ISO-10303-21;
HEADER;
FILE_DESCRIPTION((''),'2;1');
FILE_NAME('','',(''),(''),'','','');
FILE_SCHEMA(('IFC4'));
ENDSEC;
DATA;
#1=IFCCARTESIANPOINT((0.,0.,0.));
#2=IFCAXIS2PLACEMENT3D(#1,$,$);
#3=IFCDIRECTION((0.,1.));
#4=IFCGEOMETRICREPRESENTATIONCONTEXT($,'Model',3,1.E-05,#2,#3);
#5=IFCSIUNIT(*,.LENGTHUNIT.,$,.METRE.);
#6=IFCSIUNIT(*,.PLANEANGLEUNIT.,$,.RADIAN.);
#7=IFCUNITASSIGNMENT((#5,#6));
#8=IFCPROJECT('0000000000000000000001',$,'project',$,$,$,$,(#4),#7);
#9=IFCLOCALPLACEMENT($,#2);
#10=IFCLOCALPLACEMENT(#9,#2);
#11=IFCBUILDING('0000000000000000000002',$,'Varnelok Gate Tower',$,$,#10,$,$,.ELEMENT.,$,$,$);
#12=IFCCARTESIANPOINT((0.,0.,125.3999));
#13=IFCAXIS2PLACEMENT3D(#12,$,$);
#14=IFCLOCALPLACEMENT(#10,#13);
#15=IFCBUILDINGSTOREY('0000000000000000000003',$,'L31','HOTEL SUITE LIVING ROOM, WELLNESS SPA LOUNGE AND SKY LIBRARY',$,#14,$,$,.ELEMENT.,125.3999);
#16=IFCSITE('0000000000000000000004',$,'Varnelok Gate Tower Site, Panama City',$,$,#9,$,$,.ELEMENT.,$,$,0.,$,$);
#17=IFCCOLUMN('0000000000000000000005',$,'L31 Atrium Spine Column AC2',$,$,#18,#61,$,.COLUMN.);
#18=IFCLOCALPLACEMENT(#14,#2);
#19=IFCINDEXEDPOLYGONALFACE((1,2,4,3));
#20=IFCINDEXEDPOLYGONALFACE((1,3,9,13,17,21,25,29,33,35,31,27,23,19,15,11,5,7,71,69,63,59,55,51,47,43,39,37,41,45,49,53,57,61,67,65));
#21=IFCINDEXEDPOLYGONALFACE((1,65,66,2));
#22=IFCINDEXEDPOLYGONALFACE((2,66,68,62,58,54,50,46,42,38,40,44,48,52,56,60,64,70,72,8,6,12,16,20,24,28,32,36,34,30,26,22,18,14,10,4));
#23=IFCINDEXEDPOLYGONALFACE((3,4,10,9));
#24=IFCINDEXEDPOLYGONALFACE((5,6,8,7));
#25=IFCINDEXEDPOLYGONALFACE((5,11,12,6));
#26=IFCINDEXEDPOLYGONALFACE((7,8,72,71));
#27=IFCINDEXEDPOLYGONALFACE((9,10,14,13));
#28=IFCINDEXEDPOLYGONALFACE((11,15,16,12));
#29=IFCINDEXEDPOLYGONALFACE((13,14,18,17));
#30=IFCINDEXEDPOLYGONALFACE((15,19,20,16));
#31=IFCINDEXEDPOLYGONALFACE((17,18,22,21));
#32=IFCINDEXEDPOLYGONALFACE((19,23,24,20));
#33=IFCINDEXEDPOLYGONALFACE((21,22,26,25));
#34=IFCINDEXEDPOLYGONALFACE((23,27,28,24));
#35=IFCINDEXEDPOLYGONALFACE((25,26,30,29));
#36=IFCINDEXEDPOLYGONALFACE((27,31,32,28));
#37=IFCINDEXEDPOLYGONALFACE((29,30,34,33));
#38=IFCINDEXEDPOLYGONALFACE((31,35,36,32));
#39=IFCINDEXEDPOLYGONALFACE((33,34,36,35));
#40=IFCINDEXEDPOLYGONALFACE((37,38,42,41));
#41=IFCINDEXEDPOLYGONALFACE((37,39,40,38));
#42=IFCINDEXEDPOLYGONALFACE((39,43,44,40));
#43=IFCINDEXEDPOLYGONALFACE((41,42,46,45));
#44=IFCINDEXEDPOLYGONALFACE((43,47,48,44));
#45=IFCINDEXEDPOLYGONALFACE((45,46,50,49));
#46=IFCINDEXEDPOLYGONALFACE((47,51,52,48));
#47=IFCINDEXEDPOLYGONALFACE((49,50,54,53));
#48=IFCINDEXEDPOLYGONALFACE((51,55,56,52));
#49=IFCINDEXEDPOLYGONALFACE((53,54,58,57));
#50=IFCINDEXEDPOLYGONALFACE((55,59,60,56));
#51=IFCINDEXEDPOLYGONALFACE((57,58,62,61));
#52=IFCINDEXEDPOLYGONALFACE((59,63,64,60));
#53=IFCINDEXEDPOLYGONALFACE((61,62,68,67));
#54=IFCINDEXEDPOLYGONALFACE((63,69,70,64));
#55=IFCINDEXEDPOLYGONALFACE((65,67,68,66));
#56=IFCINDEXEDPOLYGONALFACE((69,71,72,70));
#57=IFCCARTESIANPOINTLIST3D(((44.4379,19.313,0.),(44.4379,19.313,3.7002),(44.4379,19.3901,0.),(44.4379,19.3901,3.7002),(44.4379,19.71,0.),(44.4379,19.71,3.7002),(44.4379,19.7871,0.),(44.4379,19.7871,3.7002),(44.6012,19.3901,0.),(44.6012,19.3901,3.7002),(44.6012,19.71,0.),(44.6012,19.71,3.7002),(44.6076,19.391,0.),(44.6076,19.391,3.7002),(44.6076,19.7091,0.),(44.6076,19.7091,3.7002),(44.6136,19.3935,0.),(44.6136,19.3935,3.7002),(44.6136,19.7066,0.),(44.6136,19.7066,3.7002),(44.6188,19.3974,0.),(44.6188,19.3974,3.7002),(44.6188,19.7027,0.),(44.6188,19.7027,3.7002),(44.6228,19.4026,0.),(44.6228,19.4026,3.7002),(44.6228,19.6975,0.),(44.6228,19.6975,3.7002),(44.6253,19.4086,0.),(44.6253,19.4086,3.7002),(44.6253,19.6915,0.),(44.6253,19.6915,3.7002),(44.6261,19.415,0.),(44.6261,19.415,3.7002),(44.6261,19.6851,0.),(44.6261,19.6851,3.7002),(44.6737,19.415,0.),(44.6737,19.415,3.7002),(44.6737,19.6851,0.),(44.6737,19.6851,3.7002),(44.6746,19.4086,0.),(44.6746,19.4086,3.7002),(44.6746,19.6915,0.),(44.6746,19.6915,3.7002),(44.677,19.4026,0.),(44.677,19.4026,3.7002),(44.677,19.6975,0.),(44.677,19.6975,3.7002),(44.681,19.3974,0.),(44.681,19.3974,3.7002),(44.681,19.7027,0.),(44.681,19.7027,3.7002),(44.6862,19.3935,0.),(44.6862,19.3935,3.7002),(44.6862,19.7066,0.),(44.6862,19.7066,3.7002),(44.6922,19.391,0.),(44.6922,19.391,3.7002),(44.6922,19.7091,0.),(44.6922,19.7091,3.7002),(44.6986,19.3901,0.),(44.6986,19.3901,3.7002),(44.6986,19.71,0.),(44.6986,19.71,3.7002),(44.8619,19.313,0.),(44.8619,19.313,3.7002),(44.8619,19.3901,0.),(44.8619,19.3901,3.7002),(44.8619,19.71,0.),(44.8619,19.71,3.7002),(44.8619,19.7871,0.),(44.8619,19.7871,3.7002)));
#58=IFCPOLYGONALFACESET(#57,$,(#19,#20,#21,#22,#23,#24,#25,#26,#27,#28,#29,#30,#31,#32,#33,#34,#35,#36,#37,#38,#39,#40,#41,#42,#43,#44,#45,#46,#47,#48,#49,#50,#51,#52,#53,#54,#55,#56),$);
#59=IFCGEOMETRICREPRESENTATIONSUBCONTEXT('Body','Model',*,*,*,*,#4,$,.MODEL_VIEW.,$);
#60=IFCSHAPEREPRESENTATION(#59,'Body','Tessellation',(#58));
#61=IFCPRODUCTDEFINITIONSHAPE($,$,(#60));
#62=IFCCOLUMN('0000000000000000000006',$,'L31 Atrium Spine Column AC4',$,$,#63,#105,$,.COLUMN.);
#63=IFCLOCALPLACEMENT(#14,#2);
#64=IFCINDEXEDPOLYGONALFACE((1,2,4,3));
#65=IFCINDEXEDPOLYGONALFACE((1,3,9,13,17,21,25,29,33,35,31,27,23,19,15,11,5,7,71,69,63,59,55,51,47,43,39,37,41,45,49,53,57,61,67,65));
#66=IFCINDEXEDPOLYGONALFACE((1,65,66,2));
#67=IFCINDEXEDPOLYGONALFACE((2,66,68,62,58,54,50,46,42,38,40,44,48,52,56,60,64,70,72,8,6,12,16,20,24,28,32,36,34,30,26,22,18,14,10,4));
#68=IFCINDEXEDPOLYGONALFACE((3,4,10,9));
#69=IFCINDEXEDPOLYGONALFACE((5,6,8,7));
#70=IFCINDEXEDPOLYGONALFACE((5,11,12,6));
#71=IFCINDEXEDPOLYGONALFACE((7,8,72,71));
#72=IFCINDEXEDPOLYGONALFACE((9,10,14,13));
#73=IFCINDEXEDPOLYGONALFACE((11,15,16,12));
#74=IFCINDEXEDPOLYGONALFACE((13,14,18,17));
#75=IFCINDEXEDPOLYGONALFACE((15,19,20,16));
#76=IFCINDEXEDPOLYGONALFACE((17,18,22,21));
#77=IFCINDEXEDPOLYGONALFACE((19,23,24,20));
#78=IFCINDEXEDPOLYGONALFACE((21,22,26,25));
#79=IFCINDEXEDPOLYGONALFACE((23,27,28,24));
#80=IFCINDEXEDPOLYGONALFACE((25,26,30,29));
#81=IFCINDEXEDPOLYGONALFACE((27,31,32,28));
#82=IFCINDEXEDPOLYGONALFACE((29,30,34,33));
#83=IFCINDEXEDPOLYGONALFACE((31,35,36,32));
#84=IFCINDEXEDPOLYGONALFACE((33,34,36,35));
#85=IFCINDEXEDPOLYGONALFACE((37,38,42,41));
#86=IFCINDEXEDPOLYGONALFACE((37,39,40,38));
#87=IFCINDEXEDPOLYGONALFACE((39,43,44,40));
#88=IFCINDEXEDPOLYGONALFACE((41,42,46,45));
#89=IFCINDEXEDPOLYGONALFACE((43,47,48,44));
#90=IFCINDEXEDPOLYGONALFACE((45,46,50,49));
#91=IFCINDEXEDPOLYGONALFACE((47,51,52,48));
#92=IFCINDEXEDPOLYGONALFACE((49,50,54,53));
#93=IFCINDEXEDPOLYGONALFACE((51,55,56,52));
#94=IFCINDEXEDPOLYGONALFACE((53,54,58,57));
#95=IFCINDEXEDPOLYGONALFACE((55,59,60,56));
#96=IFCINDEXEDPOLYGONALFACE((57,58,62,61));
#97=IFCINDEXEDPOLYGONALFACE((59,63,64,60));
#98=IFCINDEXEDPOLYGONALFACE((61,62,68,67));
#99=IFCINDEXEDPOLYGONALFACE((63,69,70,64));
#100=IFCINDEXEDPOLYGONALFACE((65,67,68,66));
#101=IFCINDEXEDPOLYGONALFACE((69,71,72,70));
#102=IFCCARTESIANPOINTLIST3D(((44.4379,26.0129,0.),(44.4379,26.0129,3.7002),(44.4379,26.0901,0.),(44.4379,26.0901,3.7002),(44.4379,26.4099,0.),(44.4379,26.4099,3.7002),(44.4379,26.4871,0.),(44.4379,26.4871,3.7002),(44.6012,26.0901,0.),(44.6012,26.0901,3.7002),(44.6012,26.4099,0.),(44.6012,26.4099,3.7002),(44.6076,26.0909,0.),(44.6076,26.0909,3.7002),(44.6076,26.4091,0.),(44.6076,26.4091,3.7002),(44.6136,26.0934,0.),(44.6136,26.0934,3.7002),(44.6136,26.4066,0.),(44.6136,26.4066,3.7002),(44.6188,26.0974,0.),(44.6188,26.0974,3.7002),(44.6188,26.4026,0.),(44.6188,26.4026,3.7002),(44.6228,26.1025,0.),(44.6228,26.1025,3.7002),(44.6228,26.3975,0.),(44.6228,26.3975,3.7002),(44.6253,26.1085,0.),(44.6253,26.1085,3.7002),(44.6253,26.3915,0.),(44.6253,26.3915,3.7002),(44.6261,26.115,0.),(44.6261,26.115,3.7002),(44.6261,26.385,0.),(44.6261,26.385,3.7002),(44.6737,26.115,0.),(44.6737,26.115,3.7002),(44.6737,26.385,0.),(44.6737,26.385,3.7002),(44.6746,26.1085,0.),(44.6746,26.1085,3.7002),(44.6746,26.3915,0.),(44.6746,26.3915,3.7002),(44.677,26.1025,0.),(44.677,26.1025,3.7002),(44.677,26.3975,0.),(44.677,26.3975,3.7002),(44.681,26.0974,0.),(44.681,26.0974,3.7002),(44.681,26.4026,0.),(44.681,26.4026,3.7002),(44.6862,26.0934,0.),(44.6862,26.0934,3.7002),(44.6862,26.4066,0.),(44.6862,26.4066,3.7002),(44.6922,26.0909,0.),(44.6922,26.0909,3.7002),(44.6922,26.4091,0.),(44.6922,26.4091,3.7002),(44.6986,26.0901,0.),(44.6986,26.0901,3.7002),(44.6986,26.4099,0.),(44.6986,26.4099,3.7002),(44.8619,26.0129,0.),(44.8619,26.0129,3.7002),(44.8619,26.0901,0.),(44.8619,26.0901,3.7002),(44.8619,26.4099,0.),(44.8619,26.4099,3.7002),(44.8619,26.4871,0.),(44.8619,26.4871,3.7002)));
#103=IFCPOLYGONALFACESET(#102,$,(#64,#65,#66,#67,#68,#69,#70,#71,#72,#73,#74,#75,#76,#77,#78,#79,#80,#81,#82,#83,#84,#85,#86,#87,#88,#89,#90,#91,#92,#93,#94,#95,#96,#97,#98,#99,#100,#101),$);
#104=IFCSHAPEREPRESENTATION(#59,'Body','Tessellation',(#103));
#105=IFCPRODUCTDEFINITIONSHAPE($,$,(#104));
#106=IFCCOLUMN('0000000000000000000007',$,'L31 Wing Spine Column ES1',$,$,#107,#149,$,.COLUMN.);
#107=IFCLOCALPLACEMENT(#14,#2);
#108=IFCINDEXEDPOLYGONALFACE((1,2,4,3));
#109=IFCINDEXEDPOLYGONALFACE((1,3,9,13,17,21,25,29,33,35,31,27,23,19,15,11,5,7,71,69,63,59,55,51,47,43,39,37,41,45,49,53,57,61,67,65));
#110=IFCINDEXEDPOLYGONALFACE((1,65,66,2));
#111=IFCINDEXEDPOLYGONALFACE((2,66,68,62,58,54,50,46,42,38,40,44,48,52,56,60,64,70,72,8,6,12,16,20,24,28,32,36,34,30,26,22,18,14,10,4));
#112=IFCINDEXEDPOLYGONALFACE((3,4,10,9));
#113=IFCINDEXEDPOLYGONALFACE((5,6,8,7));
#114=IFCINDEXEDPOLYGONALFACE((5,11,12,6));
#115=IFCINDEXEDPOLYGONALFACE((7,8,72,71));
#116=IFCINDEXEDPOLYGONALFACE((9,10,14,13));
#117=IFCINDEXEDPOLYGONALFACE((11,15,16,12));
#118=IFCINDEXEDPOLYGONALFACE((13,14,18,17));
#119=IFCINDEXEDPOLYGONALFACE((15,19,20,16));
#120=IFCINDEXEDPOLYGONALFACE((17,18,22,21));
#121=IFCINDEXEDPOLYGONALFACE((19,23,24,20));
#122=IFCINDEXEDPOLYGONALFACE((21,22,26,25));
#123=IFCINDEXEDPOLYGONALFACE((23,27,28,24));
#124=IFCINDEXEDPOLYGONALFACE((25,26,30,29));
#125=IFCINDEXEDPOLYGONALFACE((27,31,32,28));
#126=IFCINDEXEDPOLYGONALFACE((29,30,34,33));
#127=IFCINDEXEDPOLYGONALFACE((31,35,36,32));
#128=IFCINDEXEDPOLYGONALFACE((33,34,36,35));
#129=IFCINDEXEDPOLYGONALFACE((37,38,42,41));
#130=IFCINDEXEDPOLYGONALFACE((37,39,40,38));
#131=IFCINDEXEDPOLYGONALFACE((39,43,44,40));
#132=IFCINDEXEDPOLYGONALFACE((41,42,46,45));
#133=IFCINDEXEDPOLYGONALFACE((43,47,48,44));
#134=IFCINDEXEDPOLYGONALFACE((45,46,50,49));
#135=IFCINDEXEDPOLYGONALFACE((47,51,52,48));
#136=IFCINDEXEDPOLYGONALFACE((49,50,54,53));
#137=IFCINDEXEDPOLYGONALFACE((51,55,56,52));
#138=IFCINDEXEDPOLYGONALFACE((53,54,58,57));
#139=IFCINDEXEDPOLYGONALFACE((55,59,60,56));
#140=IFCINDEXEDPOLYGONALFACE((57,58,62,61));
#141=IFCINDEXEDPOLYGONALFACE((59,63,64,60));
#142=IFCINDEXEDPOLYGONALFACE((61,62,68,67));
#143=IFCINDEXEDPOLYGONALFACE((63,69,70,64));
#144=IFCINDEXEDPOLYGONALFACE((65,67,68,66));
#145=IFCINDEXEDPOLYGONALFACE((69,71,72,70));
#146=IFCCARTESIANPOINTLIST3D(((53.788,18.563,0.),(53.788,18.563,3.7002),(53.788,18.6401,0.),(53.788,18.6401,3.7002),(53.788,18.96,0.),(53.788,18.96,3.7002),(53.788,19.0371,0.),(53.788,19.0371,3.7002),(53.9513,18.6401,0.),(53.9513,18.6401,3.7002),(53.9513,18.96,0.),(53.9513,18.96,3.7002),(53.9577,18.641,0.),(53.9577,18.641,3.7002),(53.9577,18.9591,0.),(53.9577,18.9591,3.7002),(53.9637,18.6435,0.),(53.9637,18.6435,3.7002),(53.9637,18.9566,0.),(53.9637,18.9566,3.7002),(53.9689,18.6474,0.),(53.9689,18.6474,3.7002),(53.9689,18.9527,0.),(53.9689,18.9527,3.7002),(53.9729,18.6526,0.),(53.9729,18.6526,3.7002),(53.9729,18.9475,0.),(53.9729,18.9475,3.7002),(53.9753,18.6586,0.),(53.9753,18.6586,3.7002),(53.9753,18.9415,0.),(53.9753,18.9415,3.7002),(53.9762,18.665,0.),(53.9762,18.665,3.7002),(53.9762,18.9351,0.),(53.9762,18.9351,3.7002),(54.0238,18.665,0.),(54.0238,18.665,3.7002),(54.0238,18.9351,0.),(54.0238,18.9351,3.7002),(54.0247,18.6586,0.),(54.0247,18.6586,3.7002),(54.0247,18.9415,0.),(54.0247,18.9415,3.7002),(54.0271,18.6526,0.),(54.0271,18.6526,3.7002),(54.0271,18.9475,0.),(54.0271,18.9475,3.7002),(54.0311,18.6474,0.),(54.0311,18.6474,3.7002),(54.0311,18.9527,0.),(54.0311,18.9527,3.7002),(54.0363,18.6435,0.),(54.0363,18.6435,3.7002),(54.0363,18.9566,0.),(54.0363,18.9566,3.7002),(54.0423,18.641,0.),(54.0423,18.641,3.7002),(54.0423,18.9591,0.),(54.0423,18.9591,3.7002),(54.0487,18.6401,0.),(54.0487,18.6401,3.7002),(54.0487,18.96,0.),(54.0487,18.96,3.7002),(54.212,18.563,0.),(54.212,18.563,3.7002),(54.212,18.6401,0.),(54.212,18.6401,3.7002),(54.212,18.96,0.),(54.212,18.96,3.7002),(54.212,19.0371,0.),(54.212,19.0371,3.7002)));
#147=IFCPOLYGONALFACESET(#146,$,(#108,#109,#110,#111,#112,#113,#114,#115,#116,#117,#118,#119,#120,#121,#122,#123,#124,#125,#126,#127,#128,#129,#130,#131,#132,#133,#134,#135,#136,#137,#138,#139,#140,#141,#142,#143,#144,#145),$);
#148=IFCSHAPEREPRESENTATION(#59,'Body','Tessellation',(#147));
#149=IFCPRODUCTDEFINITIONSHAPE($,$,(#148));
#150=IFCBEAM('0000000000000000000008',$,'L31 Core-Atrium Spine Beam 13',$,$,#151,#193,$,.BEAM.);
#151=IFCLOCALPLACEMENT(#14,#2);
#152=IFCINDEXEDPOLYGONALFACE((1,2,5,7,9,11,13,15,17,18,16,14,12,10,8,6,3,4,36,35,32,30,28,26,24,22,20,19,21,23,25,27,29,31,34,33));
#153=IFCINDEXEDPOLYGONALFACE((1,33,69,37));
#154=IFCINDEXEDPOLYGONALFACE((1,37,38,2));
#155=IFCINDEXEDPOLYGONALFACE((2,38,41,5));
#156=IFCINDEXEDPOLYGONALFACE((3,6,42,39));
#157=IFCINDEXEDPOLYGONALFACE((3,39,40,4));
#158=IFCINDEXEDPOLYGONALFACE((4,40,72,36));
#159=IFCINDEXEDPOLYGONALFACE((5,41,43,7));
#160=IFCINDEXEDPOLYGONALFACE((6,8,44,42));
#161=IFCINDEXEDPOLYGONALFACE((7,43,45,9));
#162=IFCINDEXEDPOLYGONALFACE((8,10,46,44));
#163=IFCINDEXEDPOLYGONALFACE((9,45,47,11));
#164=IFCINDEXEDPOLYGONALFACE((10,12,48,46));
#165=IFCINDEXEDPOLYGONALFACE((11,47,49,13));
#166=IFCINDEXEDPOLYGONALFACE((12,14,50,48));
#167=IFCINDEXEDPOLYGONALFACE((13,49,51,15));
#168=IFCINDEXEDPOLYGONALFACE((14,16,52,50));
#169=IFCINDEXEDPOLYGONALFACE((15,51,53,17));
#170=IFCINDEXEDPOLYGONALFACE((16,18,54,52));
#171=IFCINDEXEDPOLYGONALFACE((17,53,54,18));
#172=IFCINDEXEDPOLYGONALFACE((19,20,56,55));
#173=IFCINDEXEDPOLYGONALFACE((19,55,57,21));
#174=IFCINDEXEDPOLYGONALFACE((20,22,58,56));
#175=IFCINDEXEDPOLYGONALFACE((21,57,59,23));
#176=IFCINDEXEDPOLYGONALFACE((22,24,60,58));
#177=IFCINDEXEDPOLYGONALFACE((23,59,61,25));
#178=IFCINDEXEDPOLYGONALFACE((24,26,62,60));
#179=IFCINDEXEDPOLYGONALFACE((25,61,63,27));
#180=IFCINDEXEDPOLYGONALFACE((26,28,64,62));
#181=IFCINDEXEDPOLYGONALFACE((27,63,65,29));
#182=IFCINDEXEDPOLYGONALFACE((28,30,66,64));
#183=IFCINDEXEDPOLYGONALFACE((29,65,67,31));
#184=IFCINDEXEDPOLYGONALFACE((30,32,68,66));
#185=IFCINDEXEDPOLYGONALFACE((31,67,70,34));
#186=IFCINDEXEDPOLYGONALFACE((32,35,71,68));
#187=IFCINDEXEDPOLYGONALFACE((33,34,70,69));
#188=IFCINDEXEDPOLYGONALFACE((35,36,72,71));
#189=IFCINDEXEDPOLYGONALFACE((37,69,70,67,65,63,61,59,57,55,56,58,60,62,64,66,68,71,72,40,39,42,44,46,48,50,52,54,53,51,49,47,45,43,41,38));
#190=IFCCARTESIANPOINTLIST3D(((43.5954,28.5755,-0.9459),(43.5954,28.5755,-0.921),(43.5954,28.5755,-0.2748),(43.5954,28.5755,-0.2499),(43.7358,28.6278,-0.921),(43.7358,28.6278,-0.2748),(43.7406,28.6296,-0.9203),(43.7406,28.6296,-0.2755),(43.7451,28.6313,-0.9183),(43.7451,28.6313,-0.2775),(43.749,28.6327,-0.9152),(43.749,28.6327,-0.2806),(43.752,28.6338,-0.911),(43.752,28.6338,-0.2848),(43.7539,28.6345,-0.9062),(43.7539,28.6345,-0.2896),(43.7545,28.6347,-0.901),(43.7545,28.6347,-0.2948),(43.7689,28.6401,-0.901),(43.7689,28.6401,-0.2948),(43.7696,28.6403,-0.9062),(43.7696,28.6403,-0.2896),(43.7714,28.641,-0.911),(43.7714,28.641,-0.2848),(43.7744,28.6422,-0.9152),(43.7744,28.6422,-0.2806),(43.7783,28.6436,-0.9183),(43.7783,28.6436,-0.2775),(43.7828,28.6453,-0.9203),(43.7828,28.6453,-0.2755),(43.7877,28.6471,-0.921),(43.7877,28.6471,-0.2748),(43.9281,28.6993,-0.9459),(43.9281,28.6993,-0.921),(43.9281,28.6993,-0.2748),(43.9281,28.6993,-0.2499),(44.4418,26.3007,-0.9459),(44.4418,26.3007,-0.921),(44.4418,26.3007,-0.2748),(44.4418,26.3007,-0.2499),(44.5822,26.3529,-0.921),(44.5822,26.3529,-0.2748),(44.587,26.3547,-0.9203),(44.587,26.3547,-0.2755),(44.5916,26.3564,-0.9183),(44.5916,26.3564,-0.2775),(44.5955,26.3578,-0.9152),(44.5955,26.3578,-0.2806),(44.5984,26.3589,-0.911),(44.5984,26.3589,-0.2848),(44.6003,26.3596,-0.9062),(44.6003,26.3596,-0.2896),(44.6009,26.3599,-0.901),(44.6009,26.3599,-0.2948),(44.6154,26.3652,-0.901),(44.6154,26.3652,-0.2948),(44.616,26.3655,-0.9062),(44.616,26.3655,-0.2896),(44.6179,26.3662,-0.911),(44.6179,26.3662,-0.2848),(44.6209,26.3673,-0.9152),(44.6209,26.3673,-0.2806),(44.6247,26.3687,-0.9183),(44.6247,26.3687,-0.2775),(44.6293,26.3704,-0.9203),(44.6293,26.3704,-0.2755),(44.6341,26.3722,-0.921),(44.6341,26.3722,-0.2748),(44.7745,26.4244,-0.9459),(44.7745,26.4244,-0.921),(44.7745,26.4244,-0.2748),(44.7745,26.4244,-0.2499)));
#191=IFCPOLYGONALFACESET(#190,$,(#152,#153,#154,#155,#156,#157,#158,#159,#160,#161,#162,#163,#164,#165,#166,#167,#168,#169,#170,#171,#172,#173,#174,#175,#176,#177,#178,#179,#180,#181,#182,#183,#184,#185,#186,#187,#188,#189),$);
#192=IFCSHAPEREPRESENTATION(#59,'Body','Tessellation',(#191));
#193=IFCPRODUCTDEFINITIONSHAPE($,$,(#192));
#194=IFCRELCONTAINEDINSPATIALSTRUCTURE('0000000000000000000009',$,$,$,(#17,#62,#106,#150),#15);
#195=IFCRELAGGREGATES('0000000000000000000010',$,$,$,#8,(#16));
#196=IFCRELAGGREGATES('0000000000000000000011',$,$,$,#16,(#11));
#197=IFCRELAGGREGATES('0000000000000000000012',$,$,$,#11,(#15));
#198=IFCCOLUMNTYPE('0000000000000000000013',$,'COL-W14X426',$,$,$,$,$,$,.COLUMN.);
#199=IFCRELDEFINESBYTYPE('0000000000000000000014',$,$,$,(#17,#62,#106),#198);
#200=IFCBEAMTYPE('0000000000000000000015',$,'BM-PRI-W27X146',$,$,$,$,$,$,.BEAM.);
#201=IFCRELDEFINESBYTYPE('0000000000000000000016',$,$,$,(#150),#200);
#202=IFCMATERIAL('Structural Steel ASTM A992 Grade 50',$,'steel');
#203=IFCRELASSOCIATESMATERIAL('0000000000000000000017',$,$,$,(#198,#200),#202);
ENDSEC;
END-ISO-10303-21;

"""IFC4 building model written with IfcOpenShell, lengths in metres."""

from ifc_helpers import new_model, si_unit, direction, frame, origin, origin_2d, place, context, subcontext, project, spatial, i_section, extrude, material, material_profile, profile_set, type_object, element, save


model = new_model("IFC4")

# Units and contexts
model_context = context("Model", 3, precision=1e-05, world=origin(), true_north=direction((0.0, 1.0)))
body_context = subcontext(model_context, "Body", "Model", "MODEL_VIEW")
ifc_project = project(units=[si_unit("LENGTHUNIT", "METRE"), si_unit("PLANEANGLEUNIT", "RADIAN")], contexts=[model_context])

# Site, building, storey
site_placement = place(None, origin())
site = spatial("IfcSite", under=ifc_project, at=site_placement, Name="Varnelok Gate Tower Site, Panama City", CompositionType="ELEMENT", RefElevation=0.0)
building_placement = place(site_placement, origin())
building = spatial("IfcBuilding", under=site, at=building_placement, Name="Varnelok Gate Tower", CompositionType="ELEMENT")
storey_placement = place(building_placement, frame((0.0, 0.0, 125.3999)))
storey = spatial("IfcBuildingStorey", under=building, at=storey_placement, Name="L31", Description="HOTEL SUITE LIVING ROOM, WELLNESS SPA LOUNGE AND SKY LIBRARY", CompositionType="ELEMENT", Elevation=125.3999)

# Columns
ifc_material_1 = material(Name="Structural Steel ASTM A992 Grade 50", Category="steel")
ifc_material_profile_1 = material_profile(ifc_material_1, i_section(OverallWidth=0.4241, OverallDepth=0.4741, WebThickness=0.0476, FlangeThickness=0.0771, FilletRadius=0.0249, at=origin_2d()), Name="W14X426")
ifc_profile_set_1 = profile_set([ifc_material_profile_1], Name="Structural Steel ASTM A992 Grade 50")
column_type = type_object("IfcColumnType", Name="COL-W14X426", PredefinedType="COLUMN", material=ifc_profile_set_1)
for number, where, z_axis, x_axis, name in (
    (1, (44.6499, 19.55, 0.0), (0.0, 0.0, 1.0), (1.0, 0.0, 0.0), "L31 Atrium Spine Column AC2"),
    (2, (44.6499, 26.25, 0.0), (0.0, 0.0, 1.0), (1.0, 0.0, 0.0), "L31 Atrium Spine Column AC4"),
    (3, (54.0, 18.8, 0.0), (0.0, 0.0, 1.0), (1.0, 0.0, 0.0), "L31 Wing Spine Column ES1"),
):
    element("IfcColumn", number, at=place(storey_placement, frame(where, z_axis=z_axis, x_axis=x_axis)), inside=storey, type_object=column_type, Name=name, PredefinedType="COLUMN", context=body_context, shape_type="SweptSolid", body=[
        extrude(i_section(OverallWidth=0.4241, OverallDepth=0.4741, WebThickness=0.0476, FlangeThickness=0.0771, FilletRadius=0.0249, at=origin_2d()), origin(), (0.0, 0.0, 1.0), 3.7002),
    ])

# Beam
ifc_material_profile_2 = material_profile(ifc_material_1, i_section(OverallWidth=0.355, OverallDepth=0.696, WebThickness=0.0154, FlangeThickness=0.0249, FilletRadius=0.02, at=origin_2d()), Name="W27X146")
ifc_profile_set_2 = profile_set([ifc_material_profile_2], Name="Structural Steel ASTM A992 Grade 50")
beam_type_1 = type_object("IfcBeamType", Name="BM-PRI-W27X146", PredefinedType="BEAM", material=ifc_profile_set_2)
beam_1_placement = place(storey_placement, frame((44.6082, 26.3625, -0.5979), z_axis=(-0.348719, 0.937227, 0.0), x_axis=(-0.937227, -0.348719, 0.0)))
element("IfcBeam", 4, at=beam_1_placement, inside=storey, type_object=beam_type_1, Name="L31 Core-Atrium Spine Beam 13", PredefinedType="BEAM", context=body_context, shape_type="SweptSolid", body=[
    extrude(i_section(OverallWidth=0.355, OverallDepth=0.696, WebThickness=0.0154, FlangeThickness=0.0249, FilletRadius=0.02, at=origin_2d()), origin(), (0.0, 0.0, 1.0), 2.4272),
])

save(model, "model.ifc")
